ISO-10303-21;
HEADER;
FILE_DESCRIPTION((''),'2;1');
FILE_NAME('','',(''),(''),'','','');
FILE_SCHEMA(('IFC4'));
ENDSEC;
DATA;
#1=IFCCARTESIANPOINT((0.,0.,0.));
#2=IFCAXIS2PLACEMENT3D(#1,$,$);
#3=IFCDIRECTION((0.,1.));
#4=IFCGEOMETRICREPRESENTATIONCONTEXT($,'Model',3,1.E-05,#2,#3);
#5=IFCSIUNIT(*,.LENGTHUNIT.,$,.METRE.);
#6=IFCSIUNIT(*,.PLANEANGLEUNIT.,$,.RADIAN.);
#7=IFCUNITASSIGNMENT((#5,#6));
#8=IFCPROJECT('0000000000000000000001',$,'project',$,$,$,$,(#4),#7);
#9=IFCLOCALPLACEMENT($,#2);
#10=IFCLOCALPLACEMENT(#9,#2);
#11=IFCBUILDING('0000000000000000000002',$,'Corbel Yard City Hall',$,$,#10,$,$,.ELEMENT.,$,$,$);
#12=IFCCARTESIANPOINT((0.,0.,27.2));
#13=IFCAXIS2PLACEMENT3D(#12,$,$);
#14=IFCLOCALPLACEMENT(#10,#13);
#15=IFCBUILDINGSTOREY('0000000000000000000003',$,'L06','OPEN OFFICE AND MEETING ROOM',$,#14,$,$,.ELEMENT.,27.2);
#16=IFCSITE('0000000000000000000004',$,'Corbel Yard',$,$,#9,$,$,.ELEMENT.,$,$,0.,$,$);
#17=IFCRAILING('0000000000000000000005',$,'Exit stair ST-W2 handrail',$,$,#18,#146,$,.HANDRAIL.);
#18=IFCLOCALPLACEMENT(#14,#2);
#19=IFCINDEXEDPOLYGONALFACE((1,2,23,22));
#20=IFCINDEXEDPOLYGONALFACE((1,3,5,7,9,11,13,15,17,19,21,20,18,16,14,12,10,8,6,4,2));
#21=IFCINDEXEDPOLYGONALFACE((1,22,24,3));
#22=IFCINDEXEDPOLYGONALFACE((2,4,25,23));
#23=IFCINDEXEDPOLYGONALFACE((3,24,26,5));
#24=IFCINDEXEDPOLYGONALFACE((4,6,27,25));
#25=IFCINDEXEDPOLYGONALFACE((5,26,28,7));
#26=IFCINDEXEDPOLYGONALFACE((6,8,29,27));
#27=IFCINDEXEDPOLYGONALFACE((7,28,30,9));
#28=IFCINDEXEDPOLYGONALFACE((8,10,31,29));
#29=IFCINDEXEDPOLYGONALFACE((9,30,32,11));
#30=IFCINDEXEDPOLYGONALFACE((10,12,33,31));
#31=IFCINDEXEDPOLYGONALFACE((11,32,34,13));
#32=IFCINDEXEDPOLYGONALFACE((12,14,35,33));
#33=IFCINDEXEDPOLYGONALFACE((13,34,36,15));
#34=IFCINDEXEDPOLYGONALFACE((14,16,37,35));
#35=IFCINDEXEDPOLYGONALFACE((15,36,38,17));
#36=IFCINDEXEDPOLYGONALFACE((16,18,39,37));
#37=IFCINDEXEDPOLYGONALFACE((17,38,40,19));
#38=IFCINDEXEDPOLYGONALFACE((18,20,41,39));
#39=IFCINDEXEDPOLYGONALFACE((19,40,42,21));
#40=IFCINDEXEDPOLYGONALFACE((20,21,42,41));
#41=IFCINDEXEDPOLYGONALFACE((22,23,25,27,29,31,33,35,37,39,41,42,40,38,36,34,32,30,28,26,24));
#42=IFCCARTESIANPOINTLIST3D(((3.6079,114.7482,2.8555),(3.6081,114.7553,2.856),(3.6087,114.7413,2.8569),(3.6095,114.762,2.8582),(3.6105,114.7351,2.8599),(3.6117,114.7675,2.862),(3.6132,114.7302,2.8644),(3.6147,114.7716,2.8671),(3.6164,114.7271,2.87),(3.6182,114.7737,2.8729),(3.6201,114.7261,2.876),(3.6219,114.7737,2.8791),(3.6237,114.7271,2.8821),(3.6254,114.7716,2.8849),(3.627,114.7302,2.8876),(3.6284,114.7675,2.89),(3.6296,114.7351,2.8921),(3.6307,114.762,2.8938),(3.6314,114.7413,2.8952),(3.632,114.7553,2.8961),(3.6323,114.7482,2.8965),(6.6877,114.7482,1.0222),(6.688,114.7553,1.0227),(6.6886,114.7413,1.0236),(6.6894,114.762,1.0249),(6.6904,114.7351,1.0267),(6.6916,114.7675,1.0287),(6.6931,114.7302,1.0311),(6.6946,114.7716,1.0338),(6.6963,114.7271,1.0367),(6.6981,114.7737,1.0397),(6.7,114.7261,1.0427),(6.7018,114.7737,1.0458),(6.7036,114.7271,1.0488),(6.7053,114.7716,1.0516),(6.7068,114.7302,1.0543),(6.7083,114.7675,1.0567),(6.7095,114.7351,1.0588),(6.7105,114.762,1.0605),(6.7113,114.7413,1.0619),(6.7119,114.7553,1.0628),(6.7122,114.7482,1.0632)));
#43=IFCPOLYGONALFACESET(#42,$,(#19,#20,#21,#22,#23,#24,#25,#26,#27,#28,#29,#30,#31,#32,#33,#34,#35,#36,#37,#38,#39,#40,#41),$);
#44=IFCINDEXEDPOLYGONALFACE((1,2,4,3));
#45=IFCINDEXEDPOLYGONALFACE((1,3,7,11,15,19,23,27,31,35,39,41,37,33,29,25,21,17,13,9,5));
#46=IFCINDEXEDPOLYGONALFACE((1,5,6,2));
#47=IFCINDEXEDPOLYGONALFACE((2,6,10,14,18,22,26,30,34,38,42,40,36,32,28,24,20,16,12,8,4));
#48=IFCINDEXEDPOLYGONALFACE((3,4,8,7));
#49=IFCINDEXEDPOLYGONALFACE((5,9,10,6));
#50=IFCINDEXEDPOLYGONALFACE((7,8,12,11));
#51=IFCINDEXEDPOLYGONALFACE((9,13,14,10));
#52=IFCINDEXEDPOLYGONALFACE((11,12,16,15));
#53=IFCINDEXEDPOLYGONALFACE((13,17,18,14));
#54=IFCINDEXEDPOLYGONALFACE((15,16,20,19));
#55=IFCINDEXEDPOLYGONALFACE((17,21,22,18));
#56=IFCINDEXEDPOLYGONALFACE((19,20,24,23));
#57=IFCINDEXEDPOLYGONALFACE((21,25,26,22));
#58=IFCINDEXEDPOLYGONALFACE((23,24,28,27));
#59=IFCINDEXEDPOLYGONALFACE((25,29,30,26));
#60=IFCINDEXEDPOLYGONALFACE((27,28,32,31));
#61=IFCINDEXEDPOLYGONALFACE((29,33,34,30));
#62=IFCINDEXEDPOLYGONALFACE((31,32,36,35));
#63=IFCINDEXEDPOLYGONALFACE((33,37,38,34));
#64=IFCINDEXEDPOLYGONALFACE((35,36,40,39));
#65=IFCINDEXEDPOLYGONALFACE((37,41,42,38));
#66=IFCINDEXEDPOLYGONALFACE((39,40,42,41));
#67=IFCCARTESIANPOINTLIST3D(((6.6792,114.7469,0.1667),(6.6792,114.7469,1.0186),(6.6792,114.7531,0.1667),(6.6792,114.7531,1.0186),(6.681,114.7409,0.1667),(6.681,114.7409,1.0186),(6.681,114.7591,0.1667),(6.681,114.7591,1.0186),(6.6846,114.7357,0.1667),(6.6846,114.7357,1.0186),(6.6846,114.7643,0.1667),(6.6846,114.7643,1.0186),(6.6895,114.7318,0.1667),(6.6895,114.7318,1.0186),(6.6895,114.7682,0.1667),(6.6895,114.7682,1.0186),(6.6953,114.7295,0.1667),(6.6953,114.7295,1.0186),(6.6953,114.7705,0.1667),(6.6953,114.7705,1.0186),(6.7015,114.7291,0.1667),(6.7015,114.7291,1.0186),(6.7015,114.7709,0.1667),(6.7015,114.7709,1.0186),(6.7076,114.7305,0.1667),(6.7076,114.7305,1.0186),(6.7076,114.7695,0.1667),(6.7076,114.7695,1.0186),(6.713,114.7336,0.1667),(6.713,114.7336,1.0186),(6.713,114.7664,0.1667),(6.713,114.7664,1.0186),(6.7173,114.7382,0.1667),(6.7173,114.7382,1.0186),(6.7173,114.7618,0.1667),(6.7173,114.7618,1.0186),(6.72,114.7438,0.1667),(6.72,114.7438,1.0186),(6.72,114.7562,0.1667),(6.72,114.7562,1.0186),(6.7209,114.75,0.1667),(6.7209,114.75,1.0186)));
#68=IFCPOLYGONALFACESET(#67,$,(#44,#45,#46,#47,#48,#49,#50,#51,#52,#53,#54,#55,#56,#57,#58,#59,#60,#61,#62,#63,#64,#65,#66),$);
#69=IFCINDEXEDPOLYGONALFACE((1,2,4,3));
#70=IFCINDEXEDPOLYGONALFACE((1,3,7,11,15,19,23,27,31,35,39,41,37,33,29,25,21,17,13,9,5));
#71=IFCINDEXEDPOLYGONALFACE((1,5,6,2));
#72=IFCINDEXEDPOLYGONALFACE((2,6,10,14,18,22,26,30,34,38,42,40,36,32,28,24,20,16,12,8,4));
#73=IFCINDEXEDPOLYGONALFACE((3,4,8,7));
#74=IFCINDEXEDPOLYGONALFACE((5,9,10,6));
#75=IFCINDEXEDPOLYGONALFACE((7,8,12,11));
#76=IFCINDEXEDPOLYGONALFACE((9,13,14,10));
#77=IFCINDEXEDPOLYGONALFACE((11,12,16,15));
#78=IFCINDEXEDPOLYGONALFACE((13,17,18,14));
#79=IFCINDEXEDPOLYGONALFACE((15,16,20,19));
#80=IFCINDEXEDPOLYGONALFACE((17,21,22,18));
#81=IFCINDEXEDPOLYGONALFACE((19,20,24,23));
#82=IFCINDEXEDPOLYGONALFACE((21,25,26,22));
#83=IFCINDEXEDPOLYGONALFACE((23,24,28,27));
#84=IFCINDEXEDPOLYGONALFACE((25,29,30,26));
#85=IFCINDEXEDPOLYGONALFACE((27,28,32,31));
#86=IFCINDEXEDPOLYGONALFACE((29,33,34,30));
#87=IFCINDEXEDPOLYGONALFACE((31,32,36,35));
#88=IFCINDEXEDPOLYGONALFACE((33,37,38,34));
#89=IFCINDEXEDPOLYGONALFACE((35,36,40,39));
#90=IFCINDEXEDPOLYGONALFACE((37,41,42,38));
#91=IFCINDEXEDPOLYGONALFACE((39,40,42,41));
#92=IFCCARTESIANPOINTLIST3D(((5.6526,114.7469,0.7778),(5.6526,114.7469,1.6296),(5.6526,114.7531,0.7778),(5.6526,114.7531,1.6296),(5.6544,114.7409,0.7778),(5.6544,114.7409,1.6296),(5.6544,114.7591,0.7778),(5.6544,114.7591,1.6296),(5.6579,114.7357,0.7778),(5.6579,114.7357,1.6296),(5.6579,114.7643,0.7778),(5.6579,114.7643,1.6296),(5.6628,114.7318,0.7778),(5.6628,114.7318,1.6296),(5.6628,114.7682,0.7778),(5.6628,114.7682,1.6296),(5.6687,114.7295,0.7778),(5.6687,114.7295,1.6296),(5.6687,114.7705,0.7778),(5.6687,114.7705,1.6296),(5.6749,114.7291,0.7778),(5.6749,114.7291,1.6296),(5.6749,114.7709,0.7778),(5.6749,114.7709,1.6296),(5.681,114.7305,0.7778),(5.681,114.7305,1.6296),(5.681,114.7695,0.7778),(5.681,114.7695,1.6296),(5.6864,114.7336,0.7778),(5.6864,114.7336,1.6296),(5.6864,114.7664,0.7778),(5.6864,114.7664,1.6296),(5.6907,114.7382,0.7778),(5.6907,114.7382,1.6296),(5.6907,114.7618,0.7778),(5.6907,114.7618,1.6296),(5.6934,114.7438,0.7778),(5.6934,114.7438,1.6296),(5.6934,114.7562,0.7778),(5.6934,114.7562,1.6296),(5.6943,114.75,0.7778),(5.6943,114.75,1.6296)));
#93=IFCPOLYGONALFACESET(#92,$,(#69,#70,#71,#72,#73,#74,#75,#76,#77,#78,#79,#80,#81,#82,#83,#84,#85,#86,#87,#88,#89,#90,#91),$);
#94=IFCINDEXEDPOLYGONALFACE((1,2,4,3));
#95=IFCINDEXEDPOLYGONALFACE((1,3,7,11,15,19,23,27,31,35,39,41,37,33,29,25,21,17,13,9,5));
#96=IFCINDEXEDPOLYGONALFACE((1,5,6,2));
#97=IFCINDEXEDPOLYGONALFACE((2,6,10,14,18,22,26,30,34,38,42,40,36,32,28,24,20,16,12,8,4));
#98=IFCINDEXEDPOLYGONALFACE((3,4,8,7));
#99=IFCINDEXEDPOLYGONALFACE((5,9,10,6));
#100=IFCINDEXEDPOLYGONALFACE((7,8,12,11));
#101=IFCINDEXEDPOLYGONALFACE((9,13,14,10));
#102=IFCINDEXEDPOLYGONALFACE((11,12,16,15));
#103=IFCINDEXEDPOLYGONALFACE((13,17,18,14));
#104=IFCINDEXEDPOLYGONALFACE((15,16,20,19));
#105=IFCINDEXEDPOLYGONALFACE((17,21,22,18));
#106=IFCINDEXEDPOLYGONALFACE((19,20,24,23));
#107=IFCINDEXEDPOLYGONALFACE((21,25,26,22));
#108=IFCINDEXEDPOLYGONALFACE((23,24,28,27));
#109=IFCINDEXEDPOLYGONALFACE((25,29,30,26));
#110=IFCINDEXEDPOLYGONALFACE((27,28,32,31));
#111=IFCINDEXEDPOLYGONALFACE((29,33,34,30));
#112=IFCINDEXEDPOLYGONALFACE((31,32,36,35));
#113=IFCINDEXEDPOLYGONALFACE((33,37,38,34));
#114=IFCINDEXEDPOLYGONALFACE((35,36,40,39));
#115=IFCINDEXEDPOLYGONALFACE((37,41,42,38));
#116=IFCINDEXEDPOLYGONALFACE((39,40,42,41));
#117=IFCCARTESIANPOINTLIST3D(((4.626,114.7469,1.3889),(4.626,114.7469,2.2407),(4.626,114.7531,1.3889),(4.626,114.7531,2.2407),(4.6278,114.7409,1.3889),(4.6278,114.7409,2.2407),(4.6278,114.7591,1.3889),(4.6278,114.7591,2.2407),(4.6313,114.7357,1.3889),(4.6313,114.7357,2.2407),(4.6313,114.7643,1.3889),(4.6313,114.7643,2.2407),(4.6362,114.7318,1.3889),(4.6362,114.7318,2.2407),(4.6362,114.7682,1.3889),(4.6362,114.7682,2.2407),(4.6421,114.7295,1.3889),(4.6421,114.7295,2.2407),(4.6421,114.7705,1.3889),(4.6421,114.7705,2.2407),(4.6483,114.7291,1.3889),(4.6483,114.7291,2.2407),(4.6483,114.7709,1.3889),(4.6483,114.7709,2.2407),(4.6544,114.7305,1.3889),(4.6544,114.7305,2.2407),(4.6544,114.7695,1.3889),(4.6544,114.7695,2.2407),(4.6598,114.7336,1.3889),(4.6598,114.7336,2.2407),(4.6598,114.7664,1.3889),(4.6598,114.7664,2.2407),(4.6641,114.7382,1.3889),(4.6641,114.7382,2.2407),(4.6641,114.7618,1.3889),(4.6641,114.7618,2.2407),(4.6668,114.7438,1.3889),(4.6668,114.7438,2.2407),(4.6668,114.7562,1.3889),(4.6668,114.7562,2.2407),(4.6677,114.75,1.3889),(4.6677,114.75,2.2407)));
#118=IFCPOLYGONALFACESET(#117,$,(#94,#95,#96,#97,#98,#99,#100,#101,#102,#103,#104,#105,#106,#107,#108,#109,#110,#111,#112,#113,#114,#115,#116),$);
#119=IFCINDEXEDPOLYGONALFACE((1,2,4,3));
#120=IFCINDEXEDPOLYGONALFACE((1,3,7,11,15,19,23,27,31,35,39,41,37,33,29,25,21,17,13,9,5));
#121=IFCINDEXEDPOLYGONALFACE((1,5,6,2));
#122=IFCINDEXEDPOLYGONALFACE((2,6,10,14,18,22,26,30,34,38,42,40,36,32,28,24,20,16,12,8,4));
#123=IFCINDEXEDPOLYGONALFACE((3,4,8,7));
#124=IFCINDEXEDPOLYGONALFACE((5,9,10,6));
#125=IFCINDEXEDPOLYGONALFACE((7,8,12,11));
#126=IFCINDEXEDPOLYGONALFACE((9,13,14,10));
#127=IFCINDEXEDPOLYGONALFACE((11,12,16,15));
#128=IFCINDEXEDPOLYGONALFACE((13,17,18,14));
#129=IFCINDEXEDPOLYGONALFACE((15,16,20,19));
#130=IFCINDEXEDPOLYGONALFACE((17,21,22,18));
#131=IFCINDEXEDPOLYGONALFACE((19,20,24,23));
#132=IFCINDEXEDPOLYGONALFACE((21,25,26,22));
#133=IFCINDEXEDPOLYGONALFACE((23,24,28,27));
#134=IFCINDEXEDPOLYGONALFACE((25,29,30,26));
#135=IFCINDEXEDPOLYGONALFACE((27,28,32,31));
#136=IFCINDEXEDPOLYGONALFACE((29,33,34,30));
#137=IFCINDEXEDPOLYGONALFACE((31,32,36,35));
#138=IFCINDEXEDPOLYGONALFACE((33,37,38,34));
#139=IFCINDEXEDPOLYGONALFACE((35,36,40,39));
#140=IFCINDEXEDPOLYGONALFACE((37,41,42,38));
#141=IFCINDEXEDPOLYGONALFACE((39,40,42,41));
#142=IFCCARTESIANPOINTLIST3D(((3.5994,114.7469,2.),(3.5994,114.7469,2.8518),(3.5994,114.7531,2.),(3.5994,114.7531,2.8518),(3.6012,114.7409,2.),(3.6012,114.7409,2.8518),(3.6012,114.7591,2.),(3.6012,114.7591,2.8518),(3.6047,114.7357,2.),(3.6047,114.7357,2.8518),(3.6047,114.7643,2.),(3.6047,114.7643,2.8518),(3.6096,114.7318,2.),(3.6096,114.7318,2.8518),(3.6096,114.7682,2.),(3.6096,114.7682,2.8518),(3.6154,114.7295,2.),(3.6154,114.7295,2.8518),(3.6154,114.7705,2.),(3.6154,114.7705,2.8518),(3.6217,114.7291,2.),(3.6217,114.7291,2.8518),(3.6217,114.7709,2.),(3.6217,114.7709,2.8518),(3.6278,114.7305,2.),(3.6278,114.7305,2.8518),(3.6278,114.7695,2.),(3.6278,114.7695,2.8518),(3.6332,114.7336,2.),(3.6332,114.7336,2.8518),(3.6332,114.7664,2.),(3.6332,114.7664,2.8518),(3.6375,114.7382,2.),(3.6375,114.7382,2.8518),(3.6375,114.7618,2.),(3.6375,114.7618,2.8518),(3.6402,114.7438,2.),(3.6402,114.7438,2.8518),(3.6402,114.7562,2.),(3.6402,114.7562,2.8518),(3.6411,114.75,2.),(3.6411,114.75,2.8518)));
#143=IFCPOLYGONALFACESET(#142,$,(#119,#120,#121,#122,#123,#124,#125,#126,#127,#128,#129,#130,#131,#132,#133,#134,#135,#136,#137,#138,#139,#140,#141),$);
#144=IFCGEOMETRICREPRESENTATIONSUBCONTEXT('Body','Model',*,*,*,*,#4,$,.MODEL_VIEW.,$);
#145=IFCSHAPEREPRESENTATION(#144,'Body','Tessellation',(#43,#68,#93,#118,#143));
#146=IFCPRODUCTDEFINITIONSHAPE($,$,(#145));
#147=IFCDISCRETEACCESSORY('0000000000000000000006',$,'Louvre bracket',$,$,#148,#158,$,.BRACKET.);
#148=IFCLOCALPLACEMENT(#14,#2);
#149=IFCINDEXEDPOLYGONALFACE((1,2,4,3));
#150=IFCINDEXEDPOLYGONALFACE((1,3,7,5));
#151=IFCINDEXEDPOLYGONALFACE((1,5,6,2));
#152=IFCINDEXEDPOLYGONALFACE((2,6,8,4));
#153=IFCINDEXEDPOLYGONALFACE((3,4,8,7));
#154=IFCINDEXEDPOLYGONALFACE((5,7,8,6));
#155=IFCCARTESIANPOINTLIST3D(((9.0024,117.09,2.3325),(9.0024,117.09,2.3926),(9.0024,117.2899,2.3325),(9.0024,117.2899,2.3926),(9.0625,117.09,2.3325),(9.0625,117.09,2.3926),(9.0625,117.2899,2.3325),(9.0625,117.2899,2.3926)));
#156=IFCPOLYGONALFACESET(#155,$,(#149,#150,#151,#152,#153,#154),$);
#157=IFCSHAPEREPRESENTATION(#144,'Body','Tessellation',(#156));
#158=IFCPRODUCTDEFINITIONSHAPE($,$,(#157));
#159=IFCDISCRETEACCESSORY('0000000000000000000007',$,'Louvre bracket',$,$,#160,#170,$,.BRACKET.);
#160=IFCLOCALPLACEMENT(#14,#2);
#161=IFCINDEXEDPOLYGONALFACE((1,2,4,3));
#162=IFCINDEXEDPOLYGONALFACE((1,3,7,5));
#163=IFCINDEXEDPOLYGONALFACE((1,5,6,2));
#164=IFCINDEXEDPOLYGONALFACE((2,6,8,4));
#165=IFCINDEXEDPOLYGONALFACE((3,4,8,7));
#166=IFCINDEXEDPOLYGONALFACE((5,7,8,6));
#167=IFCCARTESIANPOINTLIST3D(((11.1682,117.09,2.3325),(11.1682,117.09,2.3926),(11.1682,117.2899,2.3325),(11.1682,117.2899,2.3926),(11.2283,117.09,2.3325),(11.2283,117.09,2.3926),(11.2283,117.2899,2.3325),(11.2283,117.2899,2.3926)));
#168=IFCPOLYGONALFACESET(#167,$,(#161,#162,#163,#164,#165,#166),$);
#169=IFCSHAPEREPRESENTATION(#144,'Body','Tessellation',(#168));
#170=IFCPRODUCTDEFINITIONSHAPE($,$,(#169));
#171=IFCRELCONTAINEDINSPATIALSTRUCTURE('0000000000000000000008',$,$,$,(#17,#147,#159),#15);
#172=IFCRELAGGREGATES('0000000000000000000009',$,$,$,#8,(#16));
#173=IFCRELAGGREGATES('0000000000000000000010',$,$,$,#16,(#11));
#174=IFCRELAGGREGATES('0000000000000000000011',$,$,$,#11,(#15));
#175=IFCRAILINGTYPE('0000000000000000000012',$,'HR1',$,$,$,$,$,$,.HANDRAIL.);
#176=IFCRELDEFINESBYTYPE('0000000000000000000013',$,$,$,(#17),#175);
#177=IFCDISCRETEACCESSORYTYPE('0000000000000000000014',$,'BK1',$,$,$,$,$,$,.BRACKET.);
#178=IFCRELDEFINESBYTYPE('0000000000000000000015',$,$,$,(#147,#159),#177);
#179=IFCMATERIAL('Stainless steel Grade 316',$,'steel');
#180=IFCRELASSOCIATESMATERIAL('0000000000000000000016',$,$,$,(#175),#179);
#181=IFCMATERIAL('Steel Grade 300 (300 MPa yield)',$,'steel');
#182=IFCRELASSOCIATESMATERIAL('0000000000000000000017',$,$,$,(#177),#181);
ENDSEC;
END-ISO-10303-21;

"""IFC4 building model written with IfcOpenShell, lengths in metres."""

from ifc_helpers import new_model, si_unit, direction, frame, origin, origin_2d, place, context, subcontext, project, spatial, rectangle, circle, extrude, material, type_object, element, save


model = new_model("IFC4")

# Units and contexts
model_context = context("Model", 3, precision=1e-05, world=origin(), true_north=direction((0.0, 1.0)))
body_context = subcontext(model_context, "Body", "Model", "MODEL_VIEW")
ifc_project = project(units=[si_unit("LENGTHUNIT", "METRE"), si_unit("PLANEANGLEUNIT", "RADIAN")], contexts=[model_context])

# Site, building, storey
site_placement = place(None, origin())
site = spatial("IfcSite", under=ifc_project, at=site_placement, Name="Corbel Yard", CompositionType="ELEMENT", RefElevation=0.0)
building_placement = place(site_placement, origin())
building = spatial("IfcBuilding", under=site, at=building_placement, Name="Corbel Yard City Hall", CompositionType="ELEMENT")
storey_placement = place(building_placement, frame((0.0, 0.0, 27.2)))
storey = spatial("IfcBuildingStorey", under=building, at=storey_placement, Name="L06", Description="OPEN OFFICE AND MEETING ROOM", CompositionType="ELEMENT", Elevation=27.2)

# Railing
ifc_material_1 = material(Name="Stainless steel Grade 316", Category="steel")
railing_type = type_object("IfcRailingType", Name="HR1", PredefinedType="HANDRAIL", material=ifc_material_1)
for number, where, name in (
    (1, (6.7, 114.75, 0.1667), "Exit stair ST-W2 handrail"),
):
    element("IfcRailing", number, at=place(storey_placement, frame(where)), inside=storey, type_object=railing_type, Name=name, PredefinedType="HANDRAIL", context=body_context, shape_type="SweptSolid", body=[
        extrude(circle(Radius=0.0239, at=origin_2d()), frame((0.0, 0.0, 0.876), z_axis=(-0.859291, 0.0, 0.511487), x_axis=(0.0, -1.0, 0.0)), (0.0, 0.0, 1.0), 3.5842),
        extrude(circle(Radius=0.021, at=origin_2d()), origin(), (0.0, 0.0, 1.0), 0.8518),
        extrude(circle(Radius=0.021, at=origin_2d()), frame((-1.0266, 0.0, 0.6111)), (0.0, 0.0, 1.0), 0.8518),
        extrude(circle(Radius=0.021, at=origin_2d()), frame((-2.0532, 0.0, 1.2222)), (0.0, 0.0, 1.0), 0.8518),
        extrude(circle(Radius=0.021, at=origin_2d()), frame((-3.0798, 0.0, 1.8333)), (0.0, 0.0, 1.0), 0.8518),
    ])

# Discrete accessories
ifc_material_2 = material(Name="Steel Grade 300 (300 MPa yield)", Category="steel")
discrete_accessory_type = type_object("IfcDiscreteAccessoryType", Name="BK1", PredefinedType="BRACKET", material=ifc_material_2)
for number, where, z_axis, x_axis, name in (
    (2, (9.0325, 117.1899, 2.3325), (0.0, 0.0, 1.0), (1.0, 0.0, 0.0), "Louvre bracket"),
    (3, (11.1982, 117.1899, 2.3325), (0.0, 0.0, 1.0), (1.0, 0.0, 0.0), "Louvre bracket"),
):
    element("IfcDiscreteAccessory", number, at=place(storey_placement, frame(where, z_axis=z_axis, x_axis=x_axis)), inside=storey, type_object=discrete_accessory_type, Name=name, PredefinedType="BRACKET", context=body_context, shape_type="SweptSolid", body=[
        extrude(rectangle(XDim=0.0601, YDim=0.2, at=origin_2d()), origin(), (0.0, 0.0, 1.0), 0.0601),
    ])

save(model, "model.ifc")
